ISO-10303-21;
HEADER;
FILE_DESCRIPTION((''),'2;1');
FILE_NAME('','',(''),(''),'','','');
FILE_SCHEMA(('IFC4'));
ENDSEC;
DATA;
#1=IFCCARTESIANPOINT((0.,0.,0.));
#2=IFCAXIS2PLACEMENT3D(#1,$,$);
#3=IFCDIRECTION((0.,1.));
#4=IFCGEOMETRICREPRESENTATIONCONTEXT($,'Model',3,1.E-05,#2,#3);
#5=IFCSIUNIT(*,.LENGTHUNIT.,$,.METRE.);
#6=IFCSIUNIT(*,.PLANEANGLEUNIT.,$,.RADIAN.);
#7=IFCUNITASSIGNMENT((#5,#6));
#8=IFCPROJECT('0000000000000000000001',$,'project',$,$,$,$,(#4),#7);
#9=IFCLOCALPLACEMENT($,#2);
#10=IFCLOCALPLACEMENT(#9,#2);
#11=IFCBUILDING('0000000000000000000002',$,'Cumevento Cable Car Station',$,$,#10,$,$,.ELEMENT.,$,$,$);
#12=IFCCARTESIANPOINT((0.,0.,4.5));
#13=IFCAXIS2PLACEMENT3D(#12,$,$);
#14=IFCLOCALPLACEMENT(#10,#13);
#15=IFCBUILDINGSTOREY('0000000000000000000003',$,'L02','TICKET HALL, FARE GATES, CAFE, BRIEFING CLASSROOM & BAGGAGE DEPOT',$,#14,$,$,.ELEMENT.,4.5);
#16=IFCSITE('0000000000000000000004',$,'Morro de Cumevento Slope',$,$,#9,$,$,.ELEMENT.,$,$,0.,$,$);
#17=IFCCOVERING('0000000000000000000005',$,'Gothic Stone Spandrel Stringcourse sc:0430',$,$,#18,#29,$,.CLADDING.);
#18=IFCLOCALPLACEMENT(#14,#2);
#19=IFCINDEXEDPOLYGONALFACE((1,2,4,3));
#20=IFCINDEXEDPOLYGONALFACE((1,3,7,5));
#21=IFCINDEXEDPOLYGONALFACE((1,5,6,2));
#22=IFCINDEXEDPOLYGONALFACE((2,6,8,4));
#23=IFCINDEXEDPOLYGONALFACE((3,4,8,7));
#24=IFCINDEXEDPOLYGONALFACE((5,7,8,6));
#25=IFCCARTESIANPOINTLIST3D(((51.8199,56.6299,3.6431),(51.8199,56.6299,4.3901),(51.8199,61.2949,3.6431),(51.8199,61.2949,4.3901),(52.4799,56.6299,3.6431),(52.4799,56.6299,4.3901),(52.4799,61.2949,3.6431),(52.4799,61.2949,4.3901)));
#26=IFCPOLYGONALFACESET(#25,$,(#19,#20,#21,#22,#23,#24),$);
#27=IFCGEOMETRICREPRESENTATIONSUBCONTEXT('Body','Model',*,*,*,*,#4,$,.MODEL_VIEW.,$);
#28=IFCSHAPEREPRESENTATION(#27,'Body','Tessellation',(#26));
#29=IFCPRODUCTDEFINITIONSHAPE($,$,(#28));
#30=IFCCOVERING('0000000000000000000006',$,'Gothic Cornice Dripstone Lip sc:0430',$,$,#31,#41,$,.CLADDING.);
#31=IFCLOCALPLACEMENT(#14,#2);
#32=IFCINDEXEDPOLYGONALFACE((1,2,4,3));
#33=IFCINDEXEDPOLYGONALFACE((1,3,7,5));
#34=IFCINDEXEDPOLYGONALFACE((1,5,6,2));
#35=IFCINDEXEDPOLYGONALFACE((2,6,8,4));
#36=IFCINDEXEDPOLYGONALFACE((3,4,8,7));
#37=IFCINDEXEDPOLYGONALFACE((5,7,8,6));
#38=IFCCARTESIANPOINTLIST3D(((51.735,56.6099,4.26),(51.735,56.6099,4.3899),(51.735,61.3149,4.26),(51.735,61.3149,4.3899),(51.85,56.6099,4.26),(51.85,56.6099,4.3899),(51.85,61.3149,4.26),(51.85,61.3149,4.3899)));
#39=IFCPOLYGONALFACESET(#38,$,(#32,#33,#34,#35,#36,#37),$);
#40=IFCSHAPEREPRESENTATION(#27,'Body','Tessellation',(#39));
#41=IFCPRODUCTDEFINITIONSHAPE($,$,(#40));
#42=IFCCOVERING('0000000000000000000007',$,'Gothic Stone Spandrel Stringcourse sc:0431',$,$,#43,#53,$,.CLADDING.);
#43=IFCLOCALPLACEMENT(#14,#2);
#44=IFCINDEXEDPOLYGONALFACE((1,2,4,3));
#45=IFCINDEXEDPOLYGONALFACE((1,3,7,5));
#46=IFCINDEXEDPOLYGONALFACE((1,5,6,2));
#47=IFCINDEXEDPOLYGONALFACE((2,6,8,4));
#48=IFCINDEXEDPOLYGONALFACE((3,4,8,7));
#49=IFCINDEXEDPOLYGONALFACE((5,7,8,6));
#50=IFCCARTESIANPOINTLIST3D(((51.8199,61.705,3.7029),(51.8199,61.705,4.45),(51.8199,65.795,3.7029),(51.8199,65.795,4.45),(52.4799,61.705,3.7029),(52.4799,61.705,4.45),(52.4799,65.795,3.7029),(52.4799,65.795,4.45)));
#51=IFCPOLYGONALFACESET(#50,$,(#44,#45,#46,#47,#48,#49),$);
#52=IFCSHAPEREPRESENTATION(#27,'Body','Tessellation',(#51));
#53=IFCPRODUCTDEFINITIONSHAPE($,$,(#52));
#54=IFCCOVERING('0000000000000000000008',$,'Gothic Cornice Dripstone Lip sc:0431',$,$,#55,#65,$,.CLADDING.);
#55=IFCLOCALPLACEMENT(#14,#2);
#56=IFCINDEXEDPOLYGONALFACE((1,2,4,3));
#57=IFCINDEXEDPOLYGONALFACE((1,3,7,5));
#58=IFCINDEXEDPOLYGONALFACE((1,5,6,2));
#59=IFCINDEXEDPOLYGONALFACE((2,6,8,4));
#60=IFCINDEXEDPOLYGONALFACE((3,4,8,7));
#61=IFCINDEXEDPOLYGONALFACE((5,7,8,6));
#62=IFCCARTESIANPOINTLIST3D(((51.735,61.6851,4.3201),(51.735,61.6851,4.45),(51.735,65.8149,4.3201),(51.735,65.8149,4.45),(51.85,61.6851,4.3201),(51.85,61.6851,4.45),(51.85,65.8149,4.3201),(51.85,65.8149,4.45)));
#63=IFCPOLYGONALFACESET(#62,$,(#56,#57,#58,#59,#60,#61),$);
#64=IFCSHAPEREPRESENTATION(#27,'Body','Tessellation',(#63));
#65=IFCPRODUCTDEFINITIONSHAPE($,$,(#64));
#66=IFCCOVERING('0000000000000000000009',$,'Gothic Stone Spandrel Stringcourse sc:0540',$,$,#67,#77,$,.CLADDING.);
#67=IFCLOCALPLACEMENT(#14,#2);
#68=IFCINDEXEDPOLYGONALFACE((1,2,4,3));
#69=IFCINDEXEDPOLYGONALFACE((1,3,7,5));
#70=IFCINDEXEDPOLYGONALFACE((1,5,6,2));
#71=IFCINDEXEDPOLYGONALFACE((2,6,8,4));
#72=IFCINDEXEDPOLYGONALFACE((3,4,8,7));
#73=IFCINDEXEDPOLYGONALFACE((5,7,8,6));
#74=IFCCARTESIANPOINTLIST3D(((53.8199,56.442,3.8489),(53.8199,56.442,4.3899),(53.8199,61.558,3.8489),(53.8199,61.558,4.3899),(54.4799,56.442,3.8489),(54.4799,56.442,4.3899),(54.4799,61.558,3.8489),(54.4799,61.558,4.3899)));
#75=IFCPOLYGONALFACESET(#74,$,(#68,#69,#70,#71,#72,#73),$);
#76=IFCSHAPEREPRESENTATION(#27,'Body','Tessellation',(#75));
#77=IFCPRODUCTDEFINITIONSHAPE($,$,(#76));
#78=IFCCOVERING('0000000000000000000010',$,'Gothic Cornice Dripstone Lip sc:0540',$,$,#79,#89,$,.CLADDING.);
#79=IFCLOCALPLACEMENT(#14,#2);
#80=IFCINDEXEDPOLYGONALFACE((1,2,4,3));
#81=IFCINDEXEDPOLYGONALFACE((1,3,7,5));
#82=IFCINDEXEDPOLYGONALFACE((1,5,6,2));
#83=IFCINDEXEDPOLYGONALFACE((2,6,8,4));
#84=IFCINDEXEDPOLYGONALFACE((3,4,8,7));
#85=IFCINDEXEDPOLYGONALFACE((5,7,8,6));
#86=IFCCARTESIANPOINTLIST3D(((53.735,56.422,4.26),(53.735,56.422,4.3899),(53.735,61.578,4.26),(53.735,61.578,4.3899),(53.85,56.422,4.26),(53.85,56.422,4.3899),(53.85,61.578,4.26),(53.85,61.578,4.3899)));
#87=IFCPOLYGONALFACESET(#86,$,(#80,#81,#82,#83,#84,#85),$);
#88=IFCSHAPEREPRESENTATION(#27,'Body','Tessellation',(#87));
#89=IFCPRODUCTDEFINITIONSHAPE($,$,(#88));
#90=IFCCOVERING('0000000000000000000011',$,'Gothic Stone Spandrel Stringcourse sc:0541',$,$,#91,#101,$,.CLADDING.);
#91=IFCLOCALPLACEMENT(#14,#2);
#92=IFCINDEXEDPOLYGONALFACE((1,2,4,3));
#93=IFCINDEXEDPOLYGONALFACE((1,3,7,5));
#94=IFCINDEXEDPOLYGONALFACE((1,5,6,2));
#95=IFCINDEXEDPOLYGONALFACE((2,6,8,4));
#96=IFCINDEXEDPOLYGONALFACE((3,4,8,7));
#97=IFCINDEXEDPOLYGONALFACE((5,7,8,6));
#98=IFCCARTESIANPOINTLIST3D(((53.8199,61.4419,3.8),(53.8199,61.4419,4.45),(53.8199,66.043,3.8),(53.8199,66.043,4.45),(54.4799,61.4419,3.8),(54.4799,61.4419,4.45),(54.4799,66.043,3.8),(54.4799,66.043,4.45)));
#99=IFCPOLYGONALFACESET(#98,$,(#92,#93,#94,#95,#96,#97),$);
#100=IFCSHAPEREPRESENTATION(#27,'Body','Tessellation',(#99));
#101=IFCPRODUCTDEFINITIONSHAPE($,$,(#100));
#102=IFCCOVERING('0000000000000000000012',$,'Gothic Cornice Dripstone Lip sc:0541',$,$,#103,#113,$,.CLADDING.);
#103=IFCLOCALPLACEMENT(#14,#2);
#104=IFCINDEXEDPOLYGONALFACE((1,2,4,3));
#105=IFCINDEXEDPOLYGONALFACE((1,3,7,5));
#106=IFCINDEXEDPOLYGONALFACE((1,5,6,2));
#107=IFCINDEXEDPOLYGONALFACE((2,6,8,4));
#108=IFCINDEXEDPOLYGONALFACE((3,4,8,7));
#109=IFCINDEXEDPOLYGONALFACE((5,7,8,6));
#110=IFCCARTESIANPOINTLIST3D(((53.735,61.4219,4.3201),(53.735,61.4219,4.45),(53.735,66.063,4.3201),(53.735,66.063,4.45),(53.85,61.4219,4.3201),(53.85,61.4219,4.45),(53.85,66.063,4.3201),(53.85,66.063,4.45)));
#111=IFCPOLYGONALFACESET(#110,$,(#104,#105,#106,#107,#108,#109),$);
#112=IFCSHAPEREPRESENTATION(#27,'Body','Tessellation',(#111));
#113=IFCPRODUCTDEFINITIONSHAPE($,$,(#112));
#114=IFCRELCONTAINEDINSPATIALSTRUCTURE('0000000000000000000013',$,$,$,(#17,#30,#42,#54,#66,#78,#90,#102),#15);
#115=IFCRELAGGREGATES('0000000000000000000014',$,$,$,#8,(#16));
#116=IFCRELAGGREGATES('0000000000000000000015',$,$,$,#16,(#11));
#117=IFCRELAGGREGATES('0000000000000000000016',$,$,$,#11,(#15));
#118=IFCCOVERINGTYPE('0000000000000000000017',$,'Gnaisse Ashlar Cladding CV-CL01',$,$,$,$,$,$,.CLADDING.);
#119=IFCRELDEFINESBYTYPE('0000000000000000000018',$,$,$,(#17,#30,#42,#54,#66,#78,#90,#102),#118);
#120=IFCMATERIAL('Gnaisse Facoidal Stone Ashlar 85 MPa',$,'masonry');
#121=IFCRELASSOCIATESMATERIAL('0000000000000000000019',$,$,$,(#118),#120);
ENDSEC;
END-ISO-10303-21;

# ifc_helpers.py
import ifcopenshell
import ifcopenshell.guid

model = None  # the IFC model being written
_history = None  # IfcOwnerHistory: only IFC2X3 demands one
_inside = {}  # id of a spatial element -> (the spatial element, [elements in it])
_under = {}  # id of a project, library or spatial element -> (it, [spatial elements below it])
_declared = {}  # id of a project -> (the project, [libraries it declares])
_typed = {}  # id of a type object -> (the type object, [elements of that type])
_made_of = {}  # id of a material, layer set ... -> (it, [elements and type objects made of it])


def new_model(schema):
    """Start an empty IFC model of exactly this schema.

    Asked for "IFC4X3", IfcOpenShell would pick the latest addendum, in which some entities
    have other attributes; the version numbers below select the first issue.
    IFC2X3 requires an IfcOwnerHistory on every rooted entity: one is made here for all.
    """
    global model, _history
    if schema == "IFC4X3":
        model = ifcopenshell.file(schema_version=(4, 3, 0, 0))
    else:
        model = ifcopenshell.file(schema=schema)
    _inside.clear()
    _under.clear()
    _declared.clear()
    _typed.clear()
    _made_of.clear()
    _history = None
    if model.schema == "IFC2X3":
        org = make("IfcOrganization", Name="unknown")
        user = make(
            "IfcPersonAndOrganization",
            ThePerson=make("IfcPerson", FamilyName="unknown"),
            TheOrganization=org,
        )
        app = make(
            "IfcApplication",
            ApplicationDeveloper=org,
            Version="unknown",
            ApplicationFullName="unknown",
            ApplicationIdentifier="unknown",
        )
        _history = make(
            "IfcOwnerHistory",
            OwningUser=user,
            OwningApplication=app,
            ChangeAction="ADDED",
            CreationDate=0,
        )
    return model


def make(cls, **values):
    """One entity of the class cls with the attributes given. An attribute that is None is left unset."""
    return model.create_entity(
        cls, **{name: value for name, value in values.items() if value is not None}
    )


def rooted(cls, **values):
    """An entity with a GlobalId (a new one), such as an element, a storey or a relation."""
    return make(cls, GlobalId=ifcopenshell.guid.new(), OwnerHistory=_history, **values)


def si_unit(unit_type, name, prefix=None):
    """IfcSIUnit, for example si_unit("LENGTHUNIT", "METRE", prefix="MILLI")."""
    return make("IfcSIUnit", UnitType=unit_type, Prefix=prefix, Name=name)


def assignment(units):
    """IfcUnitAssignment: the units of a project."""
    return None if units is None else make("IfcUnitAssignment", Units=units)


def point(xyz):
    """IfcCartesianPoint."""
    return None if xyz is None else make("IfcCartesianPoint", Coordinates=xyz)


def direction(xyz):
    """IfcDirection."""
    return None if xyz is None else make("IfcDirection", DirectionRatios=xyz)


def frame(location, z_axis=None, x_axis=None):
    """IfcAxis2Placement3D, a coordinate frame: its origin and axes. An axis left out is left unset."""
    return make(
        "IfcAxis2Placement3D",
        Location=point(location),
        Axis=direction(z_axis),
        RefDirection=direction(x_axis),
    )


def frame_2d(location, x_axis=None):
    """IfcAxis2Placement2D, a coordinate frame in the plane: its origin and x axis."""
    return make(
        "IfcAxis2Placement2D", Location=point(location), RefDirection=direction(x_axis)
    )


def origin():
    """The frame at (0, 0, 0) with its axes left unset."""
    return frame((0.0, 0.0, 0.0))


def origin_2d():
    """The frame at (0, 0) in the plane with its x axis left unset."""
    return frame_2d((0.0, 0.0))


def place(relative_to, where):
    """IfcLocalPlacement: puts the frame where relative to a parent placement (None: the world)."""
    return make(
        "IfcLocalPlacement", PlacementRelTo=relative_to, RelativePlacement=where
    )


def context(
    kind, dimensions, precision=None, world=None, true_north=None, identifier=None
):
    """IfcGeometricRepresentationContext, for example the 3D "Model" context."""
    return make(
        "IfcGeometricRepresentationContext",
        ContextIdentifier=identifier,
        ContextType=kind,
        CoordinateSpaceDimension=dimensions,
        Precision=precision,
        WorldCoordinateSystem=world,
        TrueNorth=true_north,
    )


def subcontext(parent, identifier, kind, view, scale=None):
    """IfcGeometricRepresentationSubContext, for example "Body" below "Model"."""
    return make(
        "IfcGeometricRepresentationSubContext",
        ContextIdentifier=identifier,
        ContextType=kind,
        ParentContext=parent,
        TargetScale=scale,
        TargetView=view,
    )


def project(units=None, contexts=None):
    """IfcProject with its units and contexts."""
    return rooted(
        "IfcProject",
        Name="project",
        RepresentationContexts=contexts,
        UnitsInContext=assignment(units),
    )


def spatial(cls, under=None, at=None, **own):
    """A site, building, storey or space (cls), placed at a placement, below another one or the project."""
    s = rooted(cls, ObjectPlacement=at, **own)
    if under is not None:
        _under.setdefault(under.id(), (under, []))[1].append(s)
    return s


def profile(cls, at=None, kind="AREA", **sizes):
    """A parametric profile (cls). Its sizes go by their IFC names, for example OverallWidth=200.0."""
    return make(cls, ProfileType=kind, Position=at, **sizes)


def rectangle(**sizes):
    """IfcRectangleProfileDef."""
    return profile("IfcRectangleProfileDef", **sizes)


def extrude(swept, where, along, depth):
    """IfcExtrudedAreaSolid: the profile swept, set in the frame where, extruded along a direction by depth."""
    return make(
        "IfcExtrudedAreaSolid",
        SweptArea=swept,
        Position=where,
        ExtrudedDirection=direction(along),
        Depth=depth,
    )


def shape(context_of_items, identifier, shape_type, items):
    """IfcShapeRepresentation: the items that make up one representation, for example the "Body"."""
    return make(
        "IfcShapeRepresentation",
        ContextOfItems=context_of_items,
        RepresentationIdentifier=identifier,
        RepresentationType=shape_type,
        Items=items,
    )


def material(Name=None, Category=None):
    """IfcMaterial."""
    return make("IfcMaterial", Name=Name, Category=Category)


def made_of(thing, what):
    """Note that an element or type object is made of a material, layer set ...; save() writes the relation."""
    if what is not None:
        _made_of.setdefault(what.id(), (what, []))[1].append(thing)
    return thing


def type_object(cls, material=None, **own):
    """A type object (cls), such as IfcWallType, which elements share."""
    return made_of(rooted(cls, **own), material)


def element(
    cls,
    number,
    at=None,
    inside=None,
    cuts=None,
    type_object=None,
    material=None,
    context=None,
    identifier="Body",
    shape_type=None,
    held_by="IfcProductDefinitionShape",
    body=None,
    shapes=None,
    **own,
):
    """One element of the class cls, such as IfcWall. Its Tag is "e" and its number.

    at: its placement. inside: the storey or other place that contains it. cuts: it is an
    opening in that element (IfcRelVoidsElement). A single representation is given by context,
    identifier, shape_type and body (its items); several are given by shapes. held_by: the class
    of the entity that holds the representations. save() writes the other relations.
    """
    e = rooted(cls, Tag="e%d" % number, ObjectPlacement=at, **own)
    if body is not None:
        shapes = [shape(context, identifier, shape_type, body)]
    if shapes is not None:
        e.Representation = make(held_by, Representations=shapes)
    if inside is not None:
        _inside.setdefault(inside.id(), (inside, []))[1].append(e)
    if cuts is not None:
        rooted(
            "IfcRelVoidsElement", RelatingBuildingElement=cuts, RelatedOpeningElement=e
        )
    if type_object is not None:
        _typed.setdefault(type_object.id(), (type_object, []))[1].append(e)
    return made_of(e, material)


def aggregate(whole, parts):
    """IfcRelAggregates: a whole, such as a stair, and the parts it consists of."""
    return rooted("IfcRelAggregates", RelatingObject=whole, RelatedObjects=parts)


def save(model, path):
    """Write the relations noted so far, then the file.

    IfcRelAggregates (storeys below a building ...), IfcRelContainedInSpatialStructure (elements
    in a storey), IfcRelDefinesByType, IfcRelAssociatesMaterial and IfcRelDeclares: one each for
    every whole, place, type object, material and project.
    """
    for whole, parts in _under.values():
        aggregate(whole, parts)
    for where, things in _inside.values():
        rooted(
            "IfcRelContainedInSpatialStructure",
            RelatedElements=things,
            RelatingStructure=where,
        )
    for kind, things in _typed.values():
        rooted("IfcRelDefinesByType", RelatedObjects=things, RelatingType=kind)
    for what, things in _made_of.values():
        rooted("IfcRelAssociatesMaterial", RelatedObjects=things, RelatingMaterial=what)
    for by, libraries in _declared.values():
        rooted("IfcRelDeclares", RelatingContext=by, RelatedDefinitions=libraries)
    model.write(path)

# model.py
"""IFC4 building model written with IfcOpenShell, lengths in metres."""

from ifc_helpers import new_model, si_unit, direction, frame, origin, origin_2d, place, context, subcontext, project, spatial, rectangle, extrude, material, type_object, element, save


model = new_model("IFC4")

# Units and contexts
model_context = context("Model", 3, precision=1e-05, world=origin(), true_north=direction((0.0, 1.0)))
body_context = subcontext(model_context, "Body", "Model", "MODEL_VIEW")
ifc_project = project(units=[si_unit("LENGTHUNIT", "METRE"), si_unit("PLANEANGLEUNIT", "RADIAN")], contexts=[model_context])

# Site, building, storey
site_placement = place(None, origin())
site = spatial("IfcSite", under=ifc_project, at=site_placement, Name="Morro de Cumevento Slope", CompositionType="ELEMENT", RefElevation=0.0)
building_placement = place(site_placement, origin())
building = spatial("IfcBuilding", under=site, at=building_placement, Name="Cumevento Cable Car Station", CompositionType="ELEMENT")
storey_placement = place(building_placement, frame((0.0, 0.0, 4.5)))
storey = spatial("IfcBuildingStorey", under=building, at=storey_placement, Name="L02", Description="TICKET HALL, FARE GATES, CAFE, BRIEFING CLASSROOM & BAGGAGE DEPOT", CompositionType="ELEMENT", Elevation=4.5)

# Coverings
ifc_material_1 = material(Name="Gnaisse Facoidal Stone Ashlar 85 MPa", Category="masonry")
covering_type = type_object("IfcCoveringType", Name="Gnaisse Ashlar Cladding CV-CL01", PredefinedType="CLADDING", material=ifc_material_1)
covering_1_placement = place(storey_placement, frame((52.1499, 58.9624, 3.6431), z_axis=(0.0, 0.0, 1.0), x_axis=(0.0, 1.0, 0.0)))
element("IfcCovering", 1, at=covering_1_placement, inside=storey, type_object=covering_type, Name="Gothic Stone Spandrel Stringcourse sc:0430", PredefinedType="CLADDING", context=body_context, shape_type="SweptSolid", body=[
    extrude(rectangle(XDim=4.665, YDim=0.6599, at=origin_2d()), origin(), (0.0, 0.0, 1.0), 0.7471),
])
covering_2_placement = place(storey_placement, frame((51.7925, 58.9624, 4.26), z_axis=(0.0, 0.0, 1.0), x_axis=(0.0, 1.0, 0.0)))
element("IfcCovering", 2, at=covering_2_placement, inside=storey, type_object=covering_type, Name="Gothic Cornice Dripstone Lip sc:0430", PredefinedType="CLADDING", context=body_context, shape_type="SweptSolid", body=[
    extrude(rectangle(XDim=4.7051, YDim=0.115, at=origin_2d()), origin(), (0.0, 0.0, 1.0), 0.1299),
])
covering_3_placement = place(storey_placement, frame((52.1499, 63.75, 3.7029), z_axis=(0.0, 0.0, 1.0), x_axis=(0.0, 1.0, 0.0)))
element("IfcCovering", 3, at=covering_3_placement, inside=storey, type_object=covering_type, Name="Gothic Stone Spandrel Stringcourse sc:0431", PredefinedType="CLADDING", context=body_context, shape_type="SweptSolid", body=[
    extrude(rectangle(XDim=4.0901, YDim=0.6599, at=origin_2d()), origin(), (0.0, 0.0, 1.0), 0.7471),
])
covering_4_placement = place(storey_placement, frame((51.7925, 63.75, 4.3201), z_axis=(0.0, 0.0, 1.0), x_axis=(0.0, 1.0, 0.0)))
element("IfcCovering", 4, at=covering_4_placement, inside=storey, type_object=covering_type, Name="Gothic Cornice Dripstone Lip sc:0431", PredefinedType="CLADDING", context=body_context, shape_type="SweptSolid", body=[
    extrude(rectangle(XDim=4.1299, YDim=0.115, at=origin_2d()), origin(), (0.0, 0.0, 1.0), 0.1299),
])
covering_5_placement = place(storey_placement, frame((54.1499, 59.0, 3.8489), z_axis=(0.0, 0.0, 1.0), x_axis=(0.0, 1.0, 0.0)))
element("IfcCovering", 5, at=covering_5_placement, inside=storey, type_object=covering_type, Name="Gothic Stone Spandrel Stringcourse sc:0540", PredefinedType="CLADDING", context=body_context, shape_type="SweptSolid", body=[
    extrude(rectangle(XDim=5.116, YDim=0.6599, at=origin_2d()), origin(), (0.0, 0.0, 1.0), 0.541),
])
covering_6_placement = place(storey_placement, frame((53.7925, 59.0, 4.26), z_axis=(0.0, 0.0, 1.0), x_axis=(0.0, 1.0, 0.0)))
element("IfcCovering", 6, at=covering_6_placement, inside=storey, type_object=covering_type, Name="Gothic Cornice Dripstone Lip sc:0540", PredefinedType="CLADDING", context=body_context, shape_type="SweptSolid", body=[
    extrude(rectangle(XDim=5.156, YDim=0.115, at=origin_2d()), origin(), (0.0, 0.0, 1.0), 0.1299),
])
covering_7_placement = place(storey_placement, frame((54.1499, 63.7424, 3.8), z_axis=(0.0, 0.0, 1.0), x_axis=(0.0, 1.0, 0.0)))
element("IfcCovering", 7, at=covering_7_placement, inside=storey, type_object=covering_type, Name="Gothic Stone Spandrel Stringcourse sc:0541", PredefinedType="CLADDING", context=body_context, shape_type="SweptSolid", body=[
    extrude(rectangle(XDim=4.6011, YDim=0.6599, at=origin_2d()), origin(), (0.0, 0.0, 1.0), 0.6499),
])
covering_8_placement = place(storey_placement, frame((53.7925, 63.7424, 4.3201), z_axis=(0.0, 0.0, 1.0), x_axis=(0.0, 1.0, 0.0)))
element("IfcCovering", 8, at=covering_8_placement, inside=storey, type_object=covering_type, Name="Gothic Cornice Dripstone Lip sc:0541", PredefinedType="CLADDING", context=body_context, shape_type="SweptSolid", body=[
    extrude(rectangle(XDim=4.6411, YDim=0.115, at=origin_2d()), origin(), (0.0, 0.0, 1.0), 0.1299),
])

save(model, "model.ifc")
